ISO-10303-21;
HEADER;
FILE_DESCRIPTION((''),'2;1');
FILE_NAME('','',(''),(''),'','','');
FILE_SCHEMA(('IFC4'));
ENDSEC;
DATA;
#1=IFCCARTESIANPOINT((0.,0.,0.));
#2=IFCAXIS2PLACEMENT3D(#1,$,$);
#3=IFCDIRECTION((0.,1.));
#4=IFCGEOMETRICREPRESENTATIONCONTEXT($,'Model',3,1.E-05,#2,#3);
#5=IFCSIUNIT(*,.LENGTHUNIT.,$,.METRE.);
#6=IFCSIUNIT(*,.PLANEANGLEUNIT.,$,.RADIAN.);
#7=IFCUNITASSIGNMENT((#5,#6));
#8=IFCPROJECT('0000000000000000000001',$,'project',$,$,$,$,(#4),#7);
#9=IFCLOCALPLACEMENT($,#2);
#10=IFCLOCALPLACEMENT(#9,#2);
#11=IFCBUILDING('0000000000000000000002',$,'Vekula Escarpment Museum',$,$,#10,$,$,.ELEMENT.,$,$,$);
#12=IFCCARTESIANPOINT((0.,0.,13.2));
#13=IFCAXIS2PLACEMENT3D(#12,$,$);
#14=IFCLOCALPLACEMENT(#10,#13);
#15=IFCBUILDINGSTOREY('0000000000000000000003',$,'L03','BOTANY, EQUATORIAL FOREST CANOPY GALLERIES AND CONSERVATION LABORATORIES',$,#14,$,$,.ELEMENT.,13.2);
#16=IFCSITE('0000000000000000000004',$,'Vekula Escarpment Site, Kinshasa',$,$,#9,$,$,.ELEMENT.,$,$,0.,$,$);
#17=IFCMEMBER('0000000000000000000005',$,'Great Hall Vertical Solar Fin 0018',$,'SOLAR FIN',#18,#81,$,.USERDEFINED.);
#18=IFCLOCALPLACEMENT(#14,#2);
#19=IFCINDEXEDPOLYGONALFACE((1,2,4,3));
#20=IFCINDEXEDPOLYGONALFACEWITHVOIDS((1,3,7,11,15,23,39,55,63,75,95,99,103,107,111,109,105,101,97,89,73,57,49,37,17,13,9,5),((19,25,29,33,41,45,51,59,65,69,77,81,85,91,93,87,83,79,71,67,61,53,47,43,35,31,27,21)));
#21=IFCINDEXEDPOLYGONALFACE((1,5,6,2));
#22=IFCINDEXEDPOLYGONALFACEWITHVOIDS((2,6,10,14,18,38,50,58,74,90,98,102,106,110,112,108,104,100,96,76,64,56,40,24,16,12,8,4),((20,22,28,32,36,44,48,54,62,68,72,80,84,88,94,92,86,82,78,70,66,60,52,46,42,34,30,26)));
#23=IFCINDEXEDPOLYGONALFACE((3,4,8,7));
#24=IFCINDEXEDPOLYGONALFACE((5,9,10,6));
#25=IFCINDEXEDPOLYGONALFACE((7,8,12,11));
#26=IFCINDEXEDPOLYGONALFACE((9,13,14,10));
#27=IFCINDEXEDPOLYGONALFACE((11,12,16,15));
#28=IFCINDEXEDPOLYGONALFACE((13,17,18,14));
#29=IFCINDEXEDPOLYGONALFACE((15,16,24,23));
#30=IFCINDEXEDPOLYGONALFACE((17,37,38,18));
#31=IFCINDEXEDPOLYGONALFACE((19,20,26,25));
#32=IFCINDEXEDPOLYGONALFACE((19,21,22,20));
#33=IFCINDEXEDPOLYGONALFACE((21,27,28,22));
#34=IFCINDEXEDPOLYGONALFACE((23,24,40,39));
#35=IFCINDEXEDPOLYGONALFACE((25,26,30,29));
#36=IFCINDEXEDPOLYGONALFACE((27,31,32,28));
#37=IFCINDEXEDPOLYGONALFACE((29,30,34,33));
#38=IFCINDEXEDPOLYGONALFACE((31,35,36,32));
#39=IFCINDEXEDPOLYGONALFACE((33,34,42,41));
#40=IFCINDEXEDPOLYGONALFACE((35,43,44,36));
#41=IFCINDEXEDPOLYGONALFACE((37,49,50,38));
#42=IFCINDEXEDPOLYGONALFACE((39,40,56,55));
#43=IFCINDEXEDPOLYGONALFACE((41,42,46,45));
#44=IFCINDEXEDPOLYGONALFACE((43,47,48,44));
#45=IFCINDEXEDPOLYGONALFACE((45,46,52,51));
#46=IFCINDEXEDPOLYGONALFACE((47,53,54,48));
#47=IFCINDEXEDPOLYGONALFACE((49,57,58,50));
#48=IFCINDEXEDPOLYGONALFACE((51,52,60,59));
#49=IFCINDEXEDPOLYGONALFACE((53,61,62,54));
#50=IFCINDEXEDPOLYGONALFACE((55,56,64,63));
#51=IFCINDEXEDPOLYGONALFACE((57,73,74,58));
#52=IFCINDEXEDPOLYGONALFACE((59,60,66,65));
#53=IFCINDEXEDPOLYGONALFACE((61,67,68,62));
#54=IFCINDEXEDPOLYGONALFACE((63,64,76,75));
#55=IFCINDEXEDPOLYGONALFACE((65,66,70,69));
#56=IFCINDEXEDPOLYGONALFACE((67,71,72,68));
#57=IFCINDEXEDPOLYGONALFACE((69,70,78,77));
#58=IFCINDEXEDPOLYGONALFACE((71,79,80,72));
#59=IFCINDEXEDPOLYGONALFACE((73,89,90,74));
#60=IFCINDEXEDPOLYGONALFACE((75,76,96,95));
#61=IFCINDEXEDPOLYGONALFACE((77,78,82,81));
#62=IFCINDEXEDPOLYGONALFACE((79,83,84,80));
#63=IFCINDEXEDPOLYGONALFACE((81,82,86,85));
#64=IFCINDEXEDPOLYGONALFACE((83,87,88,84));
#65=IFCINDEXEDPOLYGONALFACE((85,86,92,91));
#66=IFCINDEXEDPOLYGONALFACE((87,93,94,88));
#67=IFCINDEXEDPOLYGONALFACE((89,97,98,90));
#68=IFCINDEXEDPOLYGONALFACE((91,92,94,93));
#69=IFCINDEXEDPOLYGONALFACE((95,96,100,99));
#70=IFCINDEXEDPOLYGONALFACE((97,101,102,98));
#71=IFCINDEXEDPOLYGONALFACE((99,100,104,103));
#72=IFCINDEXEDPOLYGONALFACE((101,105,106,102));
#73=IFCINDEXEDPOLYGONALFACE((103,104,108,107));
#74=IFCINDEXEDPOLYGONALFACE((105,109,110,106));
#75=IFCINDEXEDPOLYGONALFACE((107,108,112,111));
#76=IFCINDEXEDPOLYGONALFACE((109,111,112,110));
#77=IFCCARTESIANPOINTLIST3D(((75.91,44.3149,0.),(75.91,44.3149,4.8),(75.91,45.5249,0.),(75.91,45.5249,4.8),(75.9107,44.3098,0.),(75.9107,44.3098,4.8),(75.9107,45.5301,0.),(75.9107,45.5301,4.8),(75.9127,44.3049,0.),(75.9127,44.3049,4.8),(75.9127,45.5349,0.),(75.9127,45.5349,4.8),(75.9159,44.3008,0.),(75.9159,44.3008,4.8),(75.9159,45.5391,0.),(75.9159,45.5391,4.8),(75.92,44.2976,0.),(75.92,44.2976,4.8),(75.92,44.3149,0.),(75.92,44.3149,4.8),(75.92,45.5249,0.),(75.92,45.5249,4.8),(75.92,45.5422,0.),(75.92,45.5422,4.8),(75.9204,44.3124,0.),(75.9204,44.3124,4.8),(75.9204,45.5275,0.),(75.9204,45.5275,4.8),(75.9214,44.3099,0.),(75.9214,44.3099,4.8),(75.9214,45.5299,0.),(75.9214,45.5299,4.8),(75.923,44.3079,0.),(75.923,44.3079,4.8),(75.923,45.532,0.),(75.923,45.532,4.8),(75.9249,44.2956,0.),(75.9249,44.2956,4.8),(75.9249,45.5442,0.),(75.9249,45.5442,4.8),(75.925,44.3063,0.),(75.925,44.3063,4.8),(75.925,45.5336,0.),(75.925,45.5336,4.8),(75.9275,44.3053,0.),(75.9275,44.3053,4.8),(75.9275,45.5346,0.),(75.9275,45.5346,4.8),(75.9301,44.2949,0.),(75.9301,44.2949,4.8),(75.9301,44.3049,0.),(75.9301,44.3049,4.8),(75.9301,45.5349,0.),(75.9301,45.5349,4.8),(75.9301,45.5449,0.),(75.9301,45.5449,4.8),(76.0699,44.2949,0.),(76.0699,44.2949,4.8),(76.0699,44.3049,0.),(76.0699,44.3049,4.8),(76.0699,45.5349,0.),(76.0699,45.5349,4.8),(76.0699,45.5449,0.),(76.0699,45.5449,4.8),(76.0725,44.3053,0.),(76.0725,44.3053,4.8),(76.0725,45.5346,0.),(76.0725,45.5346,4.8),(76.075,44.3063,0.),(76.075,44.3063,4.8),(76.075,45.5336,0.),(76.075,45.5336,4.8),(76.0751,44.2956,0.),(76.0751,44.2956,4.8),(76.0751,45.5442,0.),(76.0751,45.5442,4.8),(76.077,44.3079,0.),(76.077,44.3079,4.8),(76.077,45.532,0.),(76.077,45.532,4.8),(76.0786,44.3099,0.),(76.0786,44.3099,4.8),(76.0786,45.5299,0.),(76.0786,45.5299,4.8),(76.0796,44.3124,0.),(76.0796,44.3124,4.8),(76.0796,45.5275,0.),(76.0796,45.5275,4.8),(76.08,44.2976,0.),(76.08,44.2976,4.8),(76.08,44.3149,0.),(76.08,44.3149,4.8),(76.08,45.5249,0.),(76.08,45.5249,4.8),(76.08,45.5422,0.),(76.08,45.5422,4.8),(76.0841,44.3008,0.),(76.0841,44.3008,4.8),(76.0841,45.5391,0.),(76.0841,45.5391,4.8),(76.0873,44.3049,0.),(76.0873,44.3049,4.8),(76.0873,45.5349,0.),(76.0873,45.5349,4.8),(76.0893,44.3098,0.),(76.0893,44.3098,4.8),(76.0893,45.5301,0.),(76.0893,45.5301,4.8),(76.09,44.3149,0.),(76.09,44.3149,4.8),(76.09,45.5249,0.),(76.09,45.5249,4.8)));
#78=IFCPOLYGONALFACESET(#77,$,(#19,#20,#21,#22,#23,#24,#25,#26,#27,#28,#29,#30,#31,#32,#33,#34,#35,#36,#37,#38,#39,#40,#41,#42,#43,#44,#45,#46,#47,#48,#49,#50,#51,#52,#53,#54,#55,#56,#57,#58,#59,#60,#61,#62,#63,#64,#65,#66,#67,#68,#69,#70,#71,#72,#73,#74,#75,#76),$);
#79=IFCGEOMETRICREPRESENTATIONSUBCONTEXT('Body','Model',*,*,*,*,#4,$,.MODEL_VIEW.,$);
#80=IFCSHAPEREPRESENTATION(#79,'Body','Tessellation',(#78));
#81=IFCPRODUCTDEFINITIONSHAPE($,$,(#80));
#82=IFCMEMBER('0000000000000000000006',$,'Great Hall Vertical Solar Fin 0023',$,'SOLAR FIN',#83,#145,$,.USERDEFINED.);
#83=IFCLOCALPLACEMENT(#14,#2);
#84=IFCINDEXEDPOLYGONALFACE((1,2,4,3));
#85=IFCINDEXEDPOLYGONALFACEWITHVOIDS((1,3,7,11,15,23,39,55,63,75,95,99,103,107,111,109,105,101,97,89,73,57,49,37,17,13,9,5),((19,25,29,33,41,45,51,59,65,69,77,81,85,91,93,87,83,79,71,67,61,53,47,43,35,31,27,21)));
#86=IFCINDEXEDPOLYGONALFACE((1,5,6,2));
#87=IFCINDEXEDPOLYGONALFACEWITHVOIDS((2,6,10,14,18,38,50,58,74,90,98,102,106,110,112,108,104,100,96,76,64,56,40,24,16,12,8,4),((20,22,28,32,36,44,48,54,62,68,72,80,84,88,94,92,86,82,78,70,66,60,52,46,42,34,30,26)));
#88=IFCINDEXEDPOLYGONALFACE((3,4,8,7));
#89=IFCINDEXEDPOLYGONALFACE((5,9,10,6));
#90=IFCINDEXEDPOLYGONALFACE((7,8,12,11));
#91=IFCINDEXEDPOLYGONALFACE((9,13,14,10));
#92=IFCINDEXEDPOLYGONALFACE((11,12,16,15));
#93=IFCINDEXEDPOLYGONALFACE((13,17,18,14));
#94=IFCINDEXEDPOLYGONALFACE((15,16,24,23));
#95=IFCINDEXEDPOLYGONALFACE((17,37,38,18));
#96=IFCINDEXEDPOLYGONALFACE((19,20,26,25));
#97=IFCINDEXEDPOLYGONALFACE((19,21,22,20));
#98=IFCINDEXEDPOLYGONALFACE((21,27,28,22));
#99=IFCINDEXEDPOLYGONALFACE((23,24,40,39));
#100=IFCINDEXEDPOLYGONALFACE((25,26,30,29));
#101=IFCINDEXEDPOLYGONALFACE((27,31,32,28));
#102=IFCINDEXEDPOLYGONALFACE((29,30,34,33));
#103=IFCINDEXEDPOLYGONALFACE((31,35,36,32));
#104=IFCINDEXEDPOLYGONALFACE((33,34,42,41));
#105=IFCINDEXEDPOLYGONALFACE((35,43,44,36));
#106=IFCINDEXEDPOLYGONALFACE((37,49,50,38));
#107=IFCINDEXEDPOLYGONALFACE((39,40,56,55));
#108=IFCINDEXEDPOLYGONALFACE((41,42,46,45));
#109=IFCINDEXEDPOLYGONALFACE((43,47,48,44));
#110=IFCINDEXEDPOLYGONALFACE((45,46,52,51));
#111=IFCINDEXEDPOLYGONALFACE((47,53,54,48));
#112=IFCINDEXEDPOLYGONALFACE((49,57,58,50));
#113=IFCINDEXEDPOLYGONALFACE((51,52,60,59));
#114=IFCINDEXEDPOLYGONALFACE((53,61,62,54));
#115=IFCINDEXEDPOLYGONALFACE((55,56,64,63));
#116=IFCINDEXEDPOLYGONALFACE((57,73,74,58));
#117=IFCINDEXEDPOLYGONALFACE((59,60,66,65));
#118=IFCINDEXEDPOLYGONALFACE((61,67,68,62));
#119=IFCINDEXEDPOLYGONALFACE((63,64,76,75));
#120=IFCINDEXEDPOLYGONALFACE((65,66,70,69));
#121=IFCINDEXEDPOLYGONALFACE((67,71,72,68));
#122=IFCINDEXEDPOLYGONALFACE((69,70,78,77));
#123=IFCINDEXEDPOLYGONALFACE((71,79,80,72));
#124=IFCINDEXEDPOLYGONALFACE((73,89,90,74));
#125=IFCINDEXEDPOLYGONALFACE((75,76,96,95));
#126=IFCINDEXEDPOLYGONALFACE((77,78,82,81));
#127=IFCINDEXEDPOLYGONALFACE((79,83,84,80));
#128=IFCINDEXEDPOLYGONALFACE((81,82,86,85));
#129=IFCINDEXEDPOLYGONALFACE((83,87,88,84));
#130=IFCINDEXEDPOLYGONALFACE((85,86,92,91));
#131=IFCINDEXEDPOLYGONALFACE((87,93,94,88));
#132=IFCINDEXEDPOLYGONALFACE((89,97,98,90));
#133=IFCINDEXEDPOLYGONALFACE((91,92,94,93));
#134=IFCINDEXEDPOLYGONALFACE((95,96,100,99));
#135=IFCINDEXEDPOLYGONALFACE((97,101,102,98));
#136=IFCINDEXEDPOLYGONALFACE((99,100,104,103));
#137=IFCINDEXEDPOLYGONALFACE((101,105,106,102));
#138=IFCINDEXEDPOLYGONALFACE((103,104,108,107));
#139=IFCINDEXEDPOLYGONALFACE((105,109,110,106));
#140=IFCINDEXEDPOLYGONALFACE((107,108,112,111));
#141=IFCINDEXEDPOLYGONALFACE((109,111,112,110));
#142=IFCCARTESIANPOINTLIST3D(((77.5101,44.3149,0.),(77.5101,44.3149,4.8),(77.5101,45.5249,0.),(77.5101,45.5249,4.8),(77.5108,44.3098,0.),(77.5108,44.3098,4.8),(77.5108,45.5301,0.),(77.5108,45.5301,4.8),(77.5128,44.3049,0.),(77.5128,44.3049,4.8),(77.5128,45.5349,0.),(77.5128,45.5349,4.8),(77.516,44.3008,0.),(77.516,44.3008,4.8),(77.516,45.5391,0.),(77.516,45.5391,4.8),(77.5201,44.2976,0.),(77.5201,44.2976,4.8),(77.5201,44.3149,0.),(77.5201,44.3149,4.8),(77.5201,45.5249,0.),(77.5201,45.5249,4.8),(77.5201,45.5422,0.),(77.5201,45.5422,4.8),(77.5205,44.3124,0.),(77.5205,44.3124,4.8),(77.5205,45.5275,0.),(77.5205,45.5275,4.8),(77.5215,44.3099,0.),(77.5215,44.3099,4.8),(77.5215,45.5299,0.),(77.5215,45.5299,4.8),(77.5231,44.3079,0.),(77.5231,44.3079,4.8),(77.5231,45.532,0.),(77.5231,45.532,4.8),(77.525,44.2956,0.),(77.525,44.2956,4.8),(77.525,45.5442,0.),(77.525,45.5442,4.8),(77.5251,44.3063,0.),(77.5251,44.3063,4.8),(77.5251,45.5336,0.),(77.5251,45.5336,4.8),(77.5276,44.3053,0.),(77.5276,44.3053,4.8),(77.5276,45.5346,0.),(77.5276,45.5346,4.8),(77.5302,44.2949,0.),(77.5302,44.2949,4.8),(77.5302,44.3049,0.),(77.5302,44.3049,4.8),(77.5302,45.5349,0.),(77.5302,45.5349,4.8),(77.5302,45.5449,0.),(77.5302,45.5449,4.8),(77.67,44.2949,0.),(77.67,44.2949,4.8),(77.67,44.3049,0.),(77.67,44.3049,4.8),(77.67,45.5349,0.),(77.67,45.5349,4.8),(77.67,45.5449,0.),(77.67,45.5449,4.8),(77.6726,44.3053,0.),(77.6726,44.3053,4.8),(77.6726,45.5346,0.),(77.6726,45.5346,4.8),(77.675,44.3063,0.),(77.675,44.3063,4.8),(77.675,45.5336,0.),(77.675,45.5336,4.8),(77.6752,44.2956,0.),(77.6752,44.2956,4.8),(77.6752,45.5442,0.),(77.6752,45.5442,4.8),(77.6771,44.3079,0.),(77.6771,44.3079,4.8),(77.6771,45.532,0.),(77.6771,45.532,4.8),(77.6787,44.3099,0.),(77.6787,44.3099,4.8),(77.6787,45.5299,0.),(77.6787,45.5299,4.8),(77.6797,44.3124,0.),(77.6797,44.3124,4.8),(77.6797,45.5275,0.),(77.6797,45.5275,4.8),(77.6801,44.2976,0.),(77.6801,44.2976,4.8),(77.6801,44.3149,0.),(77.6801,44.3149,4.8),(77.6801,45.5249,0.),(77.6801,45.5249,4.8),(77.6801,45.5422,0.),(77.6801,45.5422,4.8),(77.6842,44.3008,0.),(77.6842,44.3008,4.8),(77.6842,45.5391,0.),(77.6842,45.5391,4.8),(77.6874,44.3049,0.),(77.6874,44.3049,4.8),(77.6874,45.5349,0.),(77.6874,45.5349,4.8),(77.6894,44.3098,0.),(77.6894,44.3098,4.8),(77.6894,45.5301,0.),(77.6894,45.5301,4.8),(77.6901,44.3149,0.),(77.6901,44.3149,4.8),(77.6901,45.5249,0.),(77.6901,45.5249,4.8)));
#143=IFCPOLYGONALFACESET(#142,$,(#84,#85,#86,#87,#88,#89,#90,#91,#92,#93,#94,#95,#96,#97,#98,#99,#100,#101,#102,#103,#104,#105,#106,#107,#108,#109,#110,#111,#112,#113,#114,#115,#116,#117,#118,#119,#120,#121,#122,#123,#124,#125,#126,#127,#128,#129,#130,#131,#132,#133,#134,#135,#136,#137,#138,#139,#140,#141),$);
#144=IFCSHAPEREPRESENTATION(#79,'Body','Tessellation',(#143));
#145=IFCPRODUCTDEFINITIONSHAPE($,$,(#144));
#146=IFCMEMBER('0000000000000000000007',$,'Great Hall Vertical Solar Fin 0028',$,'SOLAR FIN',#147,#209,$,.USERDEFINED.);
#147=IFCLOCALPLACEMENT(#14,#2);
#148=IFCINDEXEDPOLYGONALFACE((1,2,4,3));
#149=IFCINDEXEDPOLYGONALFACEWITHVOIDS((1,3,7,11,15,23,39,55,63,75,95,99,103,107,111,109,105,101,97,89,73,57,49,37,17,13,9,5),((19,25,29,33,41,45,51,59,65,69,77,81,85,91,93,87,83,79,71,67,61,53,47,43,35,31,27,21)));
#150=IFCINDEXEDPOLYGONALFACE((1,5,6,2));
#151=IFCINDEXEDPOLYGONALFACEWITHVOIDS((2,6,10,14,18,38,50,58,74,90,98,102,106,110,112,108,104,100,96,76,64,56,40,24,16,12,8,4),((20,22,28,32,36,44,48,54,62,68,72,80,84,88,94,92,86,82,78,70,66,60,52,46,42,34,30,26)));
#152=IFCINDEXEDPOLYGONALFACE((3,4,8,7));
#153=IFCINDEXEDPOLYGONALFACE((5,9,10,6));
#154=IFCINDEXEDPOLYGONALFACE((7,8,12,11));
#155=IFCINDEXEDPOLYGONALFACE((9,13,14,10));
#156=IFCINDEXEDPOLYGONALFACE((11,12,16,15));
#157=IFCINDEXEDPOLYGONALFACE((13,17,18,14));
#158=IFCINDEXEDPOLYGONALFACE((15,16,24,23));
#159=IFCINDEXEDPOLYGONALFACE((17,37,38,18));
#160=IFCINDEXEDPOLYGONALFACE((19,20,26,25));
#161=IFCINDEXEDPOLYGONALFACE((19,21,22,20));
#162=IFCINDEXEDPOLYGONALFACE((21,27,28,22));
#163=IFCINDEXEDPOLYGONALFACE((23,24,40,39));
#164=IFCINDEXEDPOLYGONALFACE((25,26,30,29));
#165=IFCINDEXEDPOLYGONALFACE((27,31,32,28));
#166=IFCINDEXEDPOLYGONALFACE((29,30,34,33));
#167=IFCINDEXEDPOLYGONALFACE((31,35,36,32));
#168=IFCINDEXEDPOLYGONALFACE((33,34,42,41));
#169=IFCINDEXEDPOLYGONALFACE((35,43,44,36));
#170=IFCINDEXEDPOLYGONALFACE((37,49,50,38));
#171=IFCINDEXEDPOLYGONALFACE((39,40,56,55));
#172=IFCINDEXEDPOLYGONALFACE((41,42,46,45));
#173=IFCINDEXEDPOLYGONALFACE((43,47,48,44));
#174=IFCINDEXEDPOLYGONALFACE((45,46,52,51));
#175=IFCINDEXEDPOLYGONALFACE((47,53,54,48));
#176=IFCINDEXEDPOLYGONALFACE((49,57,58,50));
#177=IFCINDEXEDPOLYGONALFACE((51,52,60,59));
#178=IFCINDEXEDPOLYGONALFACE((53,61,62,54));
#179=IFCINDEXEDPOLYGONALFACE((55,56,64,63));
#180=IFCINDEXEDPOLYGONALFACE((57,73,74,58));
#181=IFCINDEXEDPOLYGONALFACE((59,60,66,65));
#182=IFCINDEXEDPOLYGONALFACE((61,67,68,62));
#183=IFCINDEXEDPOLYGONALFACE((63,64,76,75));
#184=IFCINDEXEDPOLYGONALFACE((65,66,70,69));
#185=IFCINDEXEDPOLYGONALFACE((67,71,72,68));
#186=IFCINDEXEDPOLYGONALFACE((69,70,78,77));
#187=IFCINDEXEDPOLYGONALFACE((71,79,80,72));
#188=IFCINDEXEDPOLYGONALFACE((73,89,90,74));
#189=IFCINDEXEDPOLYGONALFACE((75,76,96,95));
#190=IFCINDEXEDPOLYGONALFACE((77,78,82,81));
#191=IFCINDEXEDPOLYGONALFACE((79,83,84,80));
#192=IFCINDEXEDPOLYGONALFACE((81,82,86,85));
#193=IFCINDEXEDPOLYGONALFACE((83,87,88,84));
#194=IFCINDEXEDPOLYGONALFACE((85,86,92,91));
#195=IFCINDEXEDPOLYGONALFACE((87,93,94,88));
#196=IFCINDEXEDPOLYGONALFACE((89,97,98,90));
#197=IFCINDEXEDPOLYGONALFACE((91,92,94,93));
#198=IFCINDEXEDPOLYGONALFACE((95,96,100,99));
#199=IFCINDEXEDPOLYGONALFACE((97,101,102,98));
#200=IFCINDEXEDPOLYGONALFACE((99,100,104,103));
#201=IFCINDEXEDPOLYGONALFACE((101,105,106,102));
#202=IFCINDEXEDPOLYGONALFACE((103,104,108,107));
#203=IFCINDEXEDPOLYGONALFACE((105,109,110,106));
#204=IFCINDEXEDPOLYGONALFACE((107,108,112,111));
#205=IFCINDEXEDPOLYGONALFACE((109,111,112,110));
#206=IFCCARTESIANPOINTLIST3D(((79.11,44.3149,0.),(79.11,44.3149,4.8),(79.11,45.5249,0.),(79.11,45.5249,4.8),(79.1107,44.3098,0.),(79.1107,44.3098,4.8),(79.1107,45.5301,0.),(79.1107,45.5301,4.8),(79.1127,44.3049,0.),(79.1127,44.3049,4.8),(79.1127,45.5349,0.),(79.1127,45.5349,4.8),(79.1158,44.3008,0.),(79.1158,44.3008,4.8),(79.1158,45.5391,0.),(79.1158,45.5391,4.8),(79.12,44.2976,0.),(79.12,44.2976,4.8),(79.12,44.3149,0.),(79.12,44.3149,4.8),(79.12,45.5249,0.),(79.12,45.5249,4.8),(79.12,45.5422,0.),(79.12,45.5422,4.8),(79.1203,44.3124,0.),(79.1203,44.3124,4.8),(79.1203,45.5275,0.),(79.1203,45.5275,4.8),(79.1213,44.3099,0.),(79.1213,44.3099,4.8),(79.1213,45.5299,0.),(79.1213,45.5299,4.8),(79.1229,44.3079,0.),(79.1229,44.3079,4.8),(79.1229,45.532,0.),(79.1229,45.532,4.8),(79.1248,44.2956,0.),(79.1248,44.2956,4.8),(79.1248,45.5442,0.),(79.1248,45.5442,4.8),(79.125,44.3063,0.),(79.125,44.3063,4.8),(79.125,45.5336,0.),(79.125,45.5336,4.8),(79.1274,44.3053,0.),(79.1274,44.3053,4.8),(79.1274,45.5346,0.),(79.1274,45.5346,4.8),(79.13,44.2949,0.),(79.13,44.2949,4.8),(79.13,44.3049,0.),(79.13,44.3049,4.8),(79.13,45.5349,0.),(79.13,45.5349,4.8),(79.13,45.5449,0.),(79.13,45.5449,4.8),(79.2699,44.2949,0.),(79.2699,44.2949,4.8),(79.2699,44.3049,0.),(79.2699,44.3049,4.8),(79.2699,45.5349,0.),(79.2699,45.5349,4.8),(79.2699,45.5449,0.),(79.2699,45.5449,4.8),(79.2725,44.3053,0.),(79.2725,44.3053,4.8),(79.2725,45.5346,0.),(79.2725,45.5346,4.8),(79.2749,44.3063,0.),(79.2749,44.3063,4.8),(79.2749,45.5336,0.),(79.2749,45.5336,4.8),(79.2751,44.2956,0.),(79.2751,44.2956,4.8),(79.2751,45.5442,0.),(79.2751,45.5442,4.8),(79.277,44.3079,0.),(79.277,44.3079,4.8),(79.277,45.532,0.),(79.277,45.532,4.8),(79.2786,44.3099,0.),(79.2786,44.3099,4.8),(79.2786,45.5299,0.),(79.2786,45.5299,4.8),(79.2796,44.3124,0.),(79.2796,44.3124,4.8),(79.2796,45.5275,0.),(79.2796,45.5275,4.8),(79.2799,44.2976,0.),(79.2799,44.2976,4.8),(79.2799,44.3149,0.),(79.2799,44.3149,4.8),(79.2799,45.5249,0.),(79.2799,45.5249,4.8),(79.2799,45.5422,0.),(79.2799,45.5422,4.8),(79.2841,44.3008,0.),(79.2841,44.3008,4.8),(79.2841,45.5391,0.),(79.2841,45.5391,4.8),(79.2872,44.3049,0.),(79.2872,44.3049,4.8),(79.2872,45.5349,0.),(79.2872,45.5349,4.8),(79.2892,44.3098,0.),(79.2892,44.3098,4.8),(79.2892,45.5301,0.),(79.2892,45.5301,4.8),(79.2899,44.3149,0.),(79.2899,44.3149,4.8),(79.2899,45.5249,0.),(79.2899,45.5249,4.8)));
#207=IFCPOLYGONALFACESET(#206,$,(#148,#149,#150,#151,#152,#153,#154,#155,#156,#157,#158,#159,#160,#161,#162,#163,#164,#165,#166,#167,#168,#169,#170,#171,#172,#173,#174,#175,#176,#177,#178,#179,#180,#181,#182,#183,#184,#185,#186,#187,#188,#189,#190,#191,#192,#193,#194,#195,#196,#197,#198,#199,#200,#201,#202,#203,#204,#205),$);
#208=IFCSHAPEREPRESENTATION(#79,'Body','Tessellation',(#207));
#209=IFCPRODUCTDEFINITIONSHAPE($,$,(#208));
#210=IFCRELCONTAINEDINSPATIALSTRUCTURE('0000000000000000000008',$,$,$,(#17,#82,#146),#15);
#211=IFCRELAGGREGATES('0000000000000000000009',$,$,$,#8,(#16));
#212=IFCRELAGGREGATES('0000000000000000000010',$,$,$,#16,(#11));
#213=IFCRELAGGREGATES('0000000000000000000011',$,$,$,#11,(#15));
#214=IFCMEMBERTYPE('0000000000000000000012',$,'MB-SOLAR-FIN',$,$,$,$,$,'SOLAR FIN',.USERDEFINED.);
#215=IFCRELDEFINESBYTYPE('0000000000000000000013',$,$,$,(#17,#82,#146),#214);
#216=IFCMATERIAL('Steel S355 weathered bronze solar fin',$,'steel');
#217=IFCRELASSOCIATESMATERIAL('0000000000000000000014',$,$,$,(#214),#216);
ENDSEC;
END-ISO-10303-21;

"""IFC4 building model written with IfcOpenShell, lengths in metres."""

from ifc_helpers import new_model, si_unit, direction, frame, origin, origin_2d, place, context, subcontext, project, spatial, hollow_rectangle, extrude, material, material_profile, profile_set, type_object, element, save


model = new_model("IFC4")

# Units and contexts
model_context = context("Model", 3, precision=1e-05, world=origin(), true_north=direction((0.0, 1.0)))
body_context = subcontext(model_context, "Body", "Model", "MODEL_VIEW")
ifc_project = project(units=[si_unit("LENGTHUNIT", "METRE"), si_unit("PLANEANGLEUNIT", "RADIAN")], contexts=[model_context])

# Site, building, storey
site_placement = place(None, origin())
site = spatial("IfcSite", under=ifc_project, at=site_placement, Name="Vekula Escarpment Site, Kinshasa", CompositionType="ELEMENT", RefElevation=0.0)
building_placement = place(site_placement, origin())
building = spatial("IfcBuilding", under=site, at=building_placement, Name="Vekula Escarpment Museum", CompositionType="ELEMENT")
storey_placement = place(building_placement, frame((0.0, 0.0, 13.2)))
storey = spatial("IfcBuildingStorey", under=building, at=storey_placement, Name="L03", Description="BOTANY, EQUATORIAL FOREST CANOPY GALLERIES AND CONSERVATION LABORATORIES", CompositionType="ELEMENT", Elevation=13.2)

# Members
ifc_material_1 = material(Name="Steel S355 weathered bronze solar fin", Category="steel")
ifc_material_profile_1 = material_profile(ifc_material_1, hollow_rectangle(XDim=0.1799, YDim=1.25, WallThickness=0.01, InnerFilletRadius=0.01, OuterFilletRadius=0.02, at=origin_2d()), Name="RHS 1250x180x10")
ifc_profile_set_1 = profile_set([ifc_material_profile_1], Name="Steel S355 weathered bronze solar fin")
member_type_1 = type_object("IfcMemberType", Name="MB-SOLAR-FIN", ElementType="SOLAR FIN", PredefinedType="USERDEFINED", material=ifc_profile_set_1)
for number, where, z_axis, x_axis, name in (
    (1, (76.0, 44.9199, 0.0), (0.0, 0.0, 1.0), (1.0, 0.0, 0.0), "Great Hall Vertical Solar Fin 0018"),
    (2, (77.6001, 44.9199, 0.0), (0.0, 0.0, 1.0), (1.0, 0.0, 0.0), "Great Hall Vertical Solar Fin 0023"),
    (3, (79.2, 44.9199, 0.0), (0.0, 0.0, 1.0), (1.0, 0.0, 0.0), "Great Hall Vertical Solar Fin 0028"),
):
    element("IfcMember", number, at=place(storey_placement, frame(where, z_axis=z_axis, x_axis=x_axis)), inside=storey, type_object=member_type_1, Name=name, ObjectType="SOLAR FIN", PredefinedType="USERDEFINED", context=body_context, shape_type="SweptSolid", body=[
        extrude(hollow_rectangle(XDim=0.1799, YDim=1.25, WallThickness=0.01, InnerFilletRadius=0.01, OuterFilletRadius=0.02, at=origin_2d()), origin(), (0.0, 0.0, 1.0), 4.8),
    ])

save(model, "model.ifc")
